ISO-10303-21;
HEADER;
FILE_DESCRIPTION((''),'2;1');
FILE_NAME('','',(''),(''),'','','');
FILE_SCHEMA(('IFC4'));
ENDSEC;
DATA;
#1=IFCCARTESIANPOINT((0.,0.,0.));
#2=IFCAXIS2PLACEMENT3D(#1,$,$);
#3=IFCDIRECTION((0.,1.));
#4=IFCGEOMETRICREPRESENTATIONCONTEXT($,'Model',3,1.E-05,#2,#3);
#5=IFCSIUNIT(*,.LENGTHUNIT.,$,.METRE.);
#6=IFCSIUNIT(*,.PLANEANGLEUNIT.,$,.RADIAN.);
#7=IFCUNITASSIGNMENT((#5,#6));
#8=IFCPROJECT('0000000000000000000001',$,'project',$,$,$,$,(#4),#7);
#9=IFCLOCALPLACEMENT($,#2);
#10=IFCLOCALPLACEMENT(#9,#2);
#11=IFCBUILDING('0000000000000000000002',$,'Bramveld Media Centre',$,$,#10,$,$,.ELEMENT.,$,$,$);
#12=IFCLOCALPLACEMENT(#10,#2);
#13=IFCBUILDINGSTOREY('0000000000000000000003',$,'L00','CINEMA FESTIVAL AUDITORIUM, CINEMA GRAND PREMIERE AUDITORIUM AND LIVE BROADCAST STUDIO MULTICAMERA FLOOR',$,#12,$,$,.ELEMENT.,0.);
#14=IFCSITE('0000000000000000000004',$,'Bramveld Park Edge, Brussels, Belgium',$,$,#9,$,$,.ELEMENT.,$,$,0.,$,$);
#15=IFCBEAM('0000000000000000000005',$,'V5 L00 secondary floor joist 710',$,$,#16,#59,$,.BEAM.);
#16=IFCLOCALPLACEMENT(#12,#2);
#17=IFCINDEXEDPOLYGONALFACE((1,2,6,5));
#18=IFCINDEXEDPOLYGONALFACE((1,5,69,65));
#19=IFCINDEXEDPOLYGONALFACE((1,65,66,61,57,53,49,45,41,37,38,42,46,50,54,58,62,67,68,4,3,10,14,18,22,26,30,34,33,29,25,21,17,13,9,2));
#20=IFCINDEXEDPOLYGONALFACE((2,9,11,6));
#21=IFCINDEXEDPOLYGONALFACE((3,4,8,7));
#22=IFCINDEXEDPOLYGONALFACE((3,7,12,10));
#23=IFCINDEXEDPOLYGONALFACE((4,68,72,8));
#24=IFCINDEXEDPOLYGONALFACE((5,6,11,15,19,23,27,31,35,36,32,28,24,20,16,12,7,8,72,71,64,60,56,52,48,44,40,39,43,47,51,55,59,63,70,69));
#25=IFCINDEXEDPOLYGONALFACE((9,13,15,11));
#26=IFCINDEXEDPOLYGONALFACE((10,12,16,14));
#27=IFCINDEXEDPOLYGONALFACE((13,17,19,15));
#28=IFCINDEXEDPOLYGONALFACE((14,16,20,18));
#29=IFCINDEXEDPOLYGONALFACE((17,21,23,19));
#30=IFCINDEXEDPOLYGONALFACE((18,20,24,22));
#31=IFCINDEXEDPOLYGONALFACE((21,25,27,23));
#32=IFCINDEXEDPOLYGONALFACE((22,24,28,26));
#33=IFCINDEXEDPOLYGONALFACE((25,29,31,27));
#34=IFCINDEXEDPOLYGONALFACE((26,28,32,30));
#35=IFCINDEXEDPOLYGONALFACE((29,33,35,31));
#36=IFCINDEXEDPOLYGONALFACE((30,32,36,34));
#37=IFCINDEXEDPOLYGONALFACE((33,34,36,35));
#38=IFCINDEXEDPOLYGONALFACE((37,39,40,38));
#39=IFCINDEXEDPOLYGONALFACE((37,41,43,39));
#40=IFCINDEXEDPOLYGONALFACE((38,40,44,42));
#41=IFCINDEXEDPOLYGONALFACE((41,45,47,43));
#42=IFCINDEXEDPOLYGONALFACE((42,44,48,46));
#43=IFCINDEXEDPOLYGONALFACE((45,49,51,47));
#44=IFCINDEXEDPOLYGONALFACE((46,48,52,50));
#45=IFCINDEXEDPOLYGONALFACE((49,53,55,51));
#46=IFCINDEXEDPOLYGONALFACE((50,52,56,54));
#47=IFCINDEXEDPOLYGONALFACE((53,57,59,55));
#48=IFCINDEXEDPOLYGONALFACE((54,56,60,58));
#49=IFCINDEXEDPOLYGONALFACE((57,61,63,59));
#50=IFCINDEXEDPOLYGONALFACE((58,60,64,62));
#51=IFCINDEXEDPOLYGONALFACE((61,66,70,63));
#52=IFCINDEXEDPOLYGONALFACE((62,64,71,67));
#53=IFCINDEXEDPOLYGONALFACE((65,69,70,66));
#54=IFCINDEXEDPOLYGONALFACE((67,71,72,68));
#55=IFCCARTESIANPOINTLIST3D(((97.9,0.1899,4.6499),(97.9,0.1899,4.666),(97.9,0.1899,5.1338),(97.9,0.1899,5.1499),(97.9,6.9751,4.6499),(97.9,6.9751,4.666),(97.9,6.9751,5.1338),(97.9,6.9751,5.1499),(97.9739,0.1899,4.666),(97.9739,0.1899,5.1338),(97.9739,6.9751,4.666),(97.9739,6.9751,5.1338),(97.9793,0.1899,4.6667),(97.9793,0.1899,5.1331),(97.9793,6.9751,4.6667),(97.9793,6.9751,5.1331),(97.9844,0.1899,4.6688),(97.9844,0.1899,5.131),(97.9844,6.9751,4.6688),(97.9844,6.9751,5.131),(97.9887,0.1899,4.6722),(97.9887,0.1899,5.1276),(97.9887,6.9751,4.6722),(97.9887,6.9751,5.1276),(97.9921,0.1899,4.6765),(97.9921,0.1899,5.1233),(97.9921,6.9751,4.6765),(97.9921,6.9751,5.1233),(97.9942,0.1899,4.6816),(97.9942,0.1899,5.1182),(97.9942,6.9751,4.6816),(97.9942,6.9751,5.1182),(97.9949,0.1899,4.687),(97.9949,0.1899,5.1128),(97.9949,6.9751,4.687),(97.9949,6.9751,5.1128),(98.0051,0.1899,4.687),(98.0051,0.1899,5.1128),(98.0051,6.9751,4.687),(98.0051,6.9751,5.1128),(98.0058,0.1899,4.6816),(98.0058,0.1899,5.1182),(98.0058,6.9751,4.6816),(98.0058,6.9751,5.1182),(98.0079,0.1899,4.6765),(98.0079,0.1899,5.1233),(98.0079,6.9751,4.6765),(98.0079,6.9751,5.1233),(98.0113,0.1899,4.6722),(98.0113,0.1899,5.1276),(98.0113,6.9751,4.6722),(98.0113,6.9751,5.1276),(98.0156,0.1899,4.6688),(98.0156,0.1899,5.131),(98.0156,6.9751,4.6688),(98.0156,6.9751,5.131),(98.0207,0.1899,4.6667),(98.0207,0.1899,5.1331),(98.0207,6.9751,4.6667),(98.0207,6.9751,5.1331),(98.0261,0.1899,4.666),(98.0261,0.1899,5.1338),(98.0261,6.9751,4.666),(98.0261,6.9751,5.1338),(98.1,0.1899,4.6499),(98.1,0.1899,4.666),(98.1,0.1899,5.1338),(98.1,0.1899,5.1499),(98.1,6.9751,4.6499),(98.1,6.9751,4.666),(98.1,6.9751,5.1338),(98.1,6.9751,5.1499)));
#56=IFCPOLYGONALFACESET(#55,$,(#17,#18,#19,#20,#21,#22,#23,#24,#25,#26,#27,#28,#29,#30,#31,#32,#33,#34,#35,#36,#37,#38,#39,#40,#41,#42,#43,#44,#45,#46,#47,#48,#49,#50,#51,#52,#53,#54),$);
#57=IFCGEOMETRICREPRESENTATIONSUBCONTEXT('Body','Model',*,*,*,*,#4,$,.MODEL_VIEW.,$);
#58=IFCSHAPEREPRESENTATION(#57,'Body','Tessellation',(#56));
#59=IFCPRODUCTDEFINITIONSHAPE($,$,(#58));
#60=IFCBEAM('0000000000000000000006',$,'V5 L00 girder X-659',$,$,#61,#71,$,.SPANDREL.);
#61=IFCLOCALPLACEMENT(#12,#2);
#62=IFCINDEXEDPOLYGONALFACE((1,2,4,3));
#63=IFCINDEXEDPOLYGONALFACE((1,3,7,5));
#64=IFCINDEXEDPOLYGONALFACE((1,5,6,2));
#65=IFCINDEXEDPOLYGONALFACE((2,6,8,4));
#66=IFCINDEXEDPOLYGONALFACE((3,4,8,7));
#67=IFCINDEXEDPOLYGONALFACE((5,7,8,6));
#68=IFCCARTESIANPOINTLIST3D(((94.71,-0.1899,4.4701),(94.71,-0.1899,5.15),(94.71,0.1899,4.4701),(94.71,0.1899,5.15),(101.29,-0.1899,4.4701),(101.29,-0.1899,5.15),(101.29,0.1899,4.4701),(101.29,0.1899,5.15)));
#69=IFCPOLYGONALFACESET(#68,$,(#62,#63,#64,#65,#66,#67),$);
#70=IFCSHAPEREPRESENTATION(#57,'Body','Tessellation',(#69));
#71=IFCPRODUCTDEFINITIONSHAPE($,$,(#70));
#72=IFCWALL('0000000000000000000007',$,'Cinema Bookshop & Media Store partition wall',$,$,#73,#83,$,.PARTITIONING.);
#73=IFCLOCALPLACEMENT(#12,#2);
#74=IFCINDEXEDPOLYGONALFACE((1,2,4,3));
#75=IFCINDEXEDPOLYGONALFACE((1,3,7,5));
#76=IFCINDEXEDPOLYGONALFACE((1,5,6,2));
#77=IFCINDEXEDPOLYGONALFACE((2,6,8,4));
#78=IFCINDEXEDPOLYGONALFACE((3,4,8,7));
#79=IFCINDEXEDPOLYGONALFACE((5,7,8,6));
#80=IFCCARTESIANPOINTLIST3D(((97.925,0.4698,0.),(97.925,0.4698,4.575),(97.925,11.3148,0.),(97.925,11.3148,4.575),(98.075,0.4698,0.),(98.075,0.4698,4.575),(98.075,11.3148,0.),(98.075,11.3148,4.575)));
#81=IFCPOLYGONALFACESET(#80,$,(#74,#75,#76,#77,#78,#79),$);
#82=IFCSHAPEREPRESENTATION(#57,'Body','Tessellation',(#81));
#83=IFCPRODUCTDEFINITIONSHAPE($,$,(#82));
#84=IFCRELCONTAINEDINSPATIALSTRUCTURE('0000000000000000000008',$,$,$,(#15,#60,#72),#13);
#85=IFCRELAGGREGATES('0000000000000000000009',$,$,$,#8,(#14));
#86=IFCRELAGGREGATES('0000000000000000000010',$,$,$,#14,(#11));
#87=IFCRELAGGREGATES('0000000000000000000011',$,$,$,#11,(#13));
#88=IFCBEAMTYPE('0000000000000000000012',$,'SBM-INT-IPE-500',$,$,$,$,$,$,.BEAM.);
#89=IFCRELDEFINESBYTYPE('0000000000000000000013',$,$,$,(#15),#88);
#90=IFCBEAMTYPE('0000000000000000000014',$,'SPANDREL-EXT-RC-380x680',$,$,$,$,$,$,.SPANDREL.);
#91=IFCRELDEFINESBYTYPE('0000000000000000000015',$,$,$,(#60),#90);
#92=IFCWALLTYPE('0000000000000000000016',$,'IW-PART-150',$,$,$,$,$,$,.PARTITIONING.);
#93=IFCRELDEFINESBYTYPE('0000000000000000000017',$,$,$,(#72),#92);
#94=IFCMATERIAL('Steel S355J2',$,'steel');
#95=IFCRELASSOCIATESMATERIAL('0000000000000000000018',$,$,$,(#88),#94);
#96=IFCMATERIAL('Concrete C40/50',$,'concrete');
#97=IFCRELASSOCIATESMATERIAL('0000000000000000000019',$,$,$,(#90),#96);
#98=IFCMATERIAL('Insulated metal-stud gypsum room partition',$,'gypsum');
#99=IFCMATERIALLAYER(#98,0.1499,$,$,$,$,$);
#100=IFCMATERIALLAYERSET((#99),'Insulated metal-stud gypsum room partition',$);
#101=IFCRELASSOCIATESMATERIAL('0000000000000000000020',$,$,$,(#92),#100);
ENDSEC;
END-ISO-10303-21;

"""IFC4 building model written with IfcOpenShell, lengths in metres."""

from ifc_helpers import new_model, si_unit, direction, frame, frame_2d, origin, origin_2d, place, context, subcontext, project, spatial, rectangle, i_section, extrude, material, layer, layer_set, material_profile, profile_set, type_object, element, save


model = new_model("IFC4")

# Units and contexts
model_context = context("Model", 3, precision=1e-05, world=origin(), true_north=direction((0.0, 1.0)))
body_context = subcontext(model_context, "Body", "Model", "MODEL_VIEW")
ifc_project = project(units=[si_unit("LENGTHUNIT", "METRE"), si_unit("PLANEANGLEUNIT", "RADIAN")], contexts=[model_context])

# Site, building, storey
site_placement = place(None, origin())
site = spatial("IfcSite", under=ifc_project, at=site_placement, Name="Bramveld Park Edge, Brussels, Belgium", CompositionType="ELEMENT", RefElevation=0.0)
building_placement = place(site_placement, origin())
building = spatial("IfcBuilding", under=site, at=building_placement, Name="Bramveld Media Centre", CompositionType="ELEMENT")
storey_placement = place(building_placement, origin())
storey = spatial("IfcBuildingStorey", under=building, at=storey_placement, Name="L00", Description="CINEMA FESTIVAL AUDITORIUM, CINEMA GRAND PREMIERE AUDITORIUM AND LIVE BROADCAST STUDIO MULTICAMERA FLOOR", CompositionType="ELEMENT", Elevation=0.0)

# Beams
ifc_material_1 = material(Name="Steel S355J2", Category="steel")
ifc_material_profile_1 = material_profile(ifc_material_1, i_section(OverallWidth=0.2, OverallDepth=0.5, WebThickness=0.0103, FlangeThickness=0.0161, FilletRadius=0.021, at=origin_2d()), Name="IPE 500")
ifc_profile_set_1 = profile_set([ifc_material_profile_1], Name="Steel S355J2")
beam_type_1 = type_object("IfcBeamType", Name="SBM-INT-IPE-500", PredefinedType="BEAM", material=ifc_profile_set_1)
beam_1_placement = place(storey_placement, frame((98.0, 0.1899, 4.8999), z_axis=(0.0, 1.0, 0.0), x_axis=(-1.0, 0.0, 0.0)))
element("IfcBeam", 1, at=beam_1_placement, inside=storey, type_object=beam_type_1, Name="V5 L00 secondary floor joist 710", PredefinedType="BEAM", context=body_context, shape_type="SweptSolid", body=[
    extrude(i_section(OverallWidth=0.2, OverallDepth=0.5, WebThickness=0.0103, FlangeThickness=0.0161, FilletRadius=0.021, at=origin_2d()), origin(), (0.0, 0.0, 1.0), 6.7852),
])
ifc_material_2 = material(Name="Concrete C40/50", Category="concrete")
ifc_material_profile_2 = material_profile(ifc_material_2, rectangle(XDim=0.3799, YDim=0.6799, at=origin_2d()), Name="RC 380x680")
ifc_profile_set_2 = profile_set([ifc_material_profile_2], Name="Concrete C40/50")
beam_type_2 = type_object("IfcBeamType", Name="SPANDREL-EXT-RC-380x680", PredefinedType="SPANDREL", material=ifc_profile_set_2)
beam_2_placement = place(storey_placement, frame((94.71, 0.0, 4.8101), z_axis=(1.0, 0.0, 0.0), x_axis=(0.0, 1.0, 0.0)))
element("IfcBeam", 2, at=beam_2_placement, inside=storey, type_object=beam_type_2, Name="V5 L00 girder X-659", PredefinedType="SPANDREL", context=body_context, shape_type="SweptSolid", body=[
    extrude(rectangle(XDim=0.3799, YDim=0.6799, at=origin_2d()), origin(), (0.0, 0.0, 1.0), 6.5801),
])

# Wall
ifc_material_3 = material(Name="Insulated metal-stud gypsum room partition", Category="gypsum")
ifc_layer = layer(ifc_material_3, 0.1499)
ifc_layer_set = layer_set([ifc_layer], Name="Insulated metal-stud gypsum room partition")
wall_type = type_object("IfcWallType", Name="IW-PART-150", PredefinedType="PARTITIONING", material=ifc_layer_set)
wall_placement = place(storey_placement, frame((98.0, 0.47, 0.0), z_axis=(0.0, 0.0, 1.0), x_axis=(0.0, 1.0, 0.0)))
element("IfcWall", 3, at=wall_placement, inside=storey, type_object=wall_type, Name="Cinema Bookshop & Media Store partition wall", PredefinedType="PARTITIONING", context=body_context, shape_type="SweptSolid", body=[
    extrude(rectangle(XDim=10.845, YDim=0.1499, at=frame_2d((5.4224, 0.0))), origin(), (0.0, 0.0, 1.0), 4.575),
])

save(model, "model.ifc")
